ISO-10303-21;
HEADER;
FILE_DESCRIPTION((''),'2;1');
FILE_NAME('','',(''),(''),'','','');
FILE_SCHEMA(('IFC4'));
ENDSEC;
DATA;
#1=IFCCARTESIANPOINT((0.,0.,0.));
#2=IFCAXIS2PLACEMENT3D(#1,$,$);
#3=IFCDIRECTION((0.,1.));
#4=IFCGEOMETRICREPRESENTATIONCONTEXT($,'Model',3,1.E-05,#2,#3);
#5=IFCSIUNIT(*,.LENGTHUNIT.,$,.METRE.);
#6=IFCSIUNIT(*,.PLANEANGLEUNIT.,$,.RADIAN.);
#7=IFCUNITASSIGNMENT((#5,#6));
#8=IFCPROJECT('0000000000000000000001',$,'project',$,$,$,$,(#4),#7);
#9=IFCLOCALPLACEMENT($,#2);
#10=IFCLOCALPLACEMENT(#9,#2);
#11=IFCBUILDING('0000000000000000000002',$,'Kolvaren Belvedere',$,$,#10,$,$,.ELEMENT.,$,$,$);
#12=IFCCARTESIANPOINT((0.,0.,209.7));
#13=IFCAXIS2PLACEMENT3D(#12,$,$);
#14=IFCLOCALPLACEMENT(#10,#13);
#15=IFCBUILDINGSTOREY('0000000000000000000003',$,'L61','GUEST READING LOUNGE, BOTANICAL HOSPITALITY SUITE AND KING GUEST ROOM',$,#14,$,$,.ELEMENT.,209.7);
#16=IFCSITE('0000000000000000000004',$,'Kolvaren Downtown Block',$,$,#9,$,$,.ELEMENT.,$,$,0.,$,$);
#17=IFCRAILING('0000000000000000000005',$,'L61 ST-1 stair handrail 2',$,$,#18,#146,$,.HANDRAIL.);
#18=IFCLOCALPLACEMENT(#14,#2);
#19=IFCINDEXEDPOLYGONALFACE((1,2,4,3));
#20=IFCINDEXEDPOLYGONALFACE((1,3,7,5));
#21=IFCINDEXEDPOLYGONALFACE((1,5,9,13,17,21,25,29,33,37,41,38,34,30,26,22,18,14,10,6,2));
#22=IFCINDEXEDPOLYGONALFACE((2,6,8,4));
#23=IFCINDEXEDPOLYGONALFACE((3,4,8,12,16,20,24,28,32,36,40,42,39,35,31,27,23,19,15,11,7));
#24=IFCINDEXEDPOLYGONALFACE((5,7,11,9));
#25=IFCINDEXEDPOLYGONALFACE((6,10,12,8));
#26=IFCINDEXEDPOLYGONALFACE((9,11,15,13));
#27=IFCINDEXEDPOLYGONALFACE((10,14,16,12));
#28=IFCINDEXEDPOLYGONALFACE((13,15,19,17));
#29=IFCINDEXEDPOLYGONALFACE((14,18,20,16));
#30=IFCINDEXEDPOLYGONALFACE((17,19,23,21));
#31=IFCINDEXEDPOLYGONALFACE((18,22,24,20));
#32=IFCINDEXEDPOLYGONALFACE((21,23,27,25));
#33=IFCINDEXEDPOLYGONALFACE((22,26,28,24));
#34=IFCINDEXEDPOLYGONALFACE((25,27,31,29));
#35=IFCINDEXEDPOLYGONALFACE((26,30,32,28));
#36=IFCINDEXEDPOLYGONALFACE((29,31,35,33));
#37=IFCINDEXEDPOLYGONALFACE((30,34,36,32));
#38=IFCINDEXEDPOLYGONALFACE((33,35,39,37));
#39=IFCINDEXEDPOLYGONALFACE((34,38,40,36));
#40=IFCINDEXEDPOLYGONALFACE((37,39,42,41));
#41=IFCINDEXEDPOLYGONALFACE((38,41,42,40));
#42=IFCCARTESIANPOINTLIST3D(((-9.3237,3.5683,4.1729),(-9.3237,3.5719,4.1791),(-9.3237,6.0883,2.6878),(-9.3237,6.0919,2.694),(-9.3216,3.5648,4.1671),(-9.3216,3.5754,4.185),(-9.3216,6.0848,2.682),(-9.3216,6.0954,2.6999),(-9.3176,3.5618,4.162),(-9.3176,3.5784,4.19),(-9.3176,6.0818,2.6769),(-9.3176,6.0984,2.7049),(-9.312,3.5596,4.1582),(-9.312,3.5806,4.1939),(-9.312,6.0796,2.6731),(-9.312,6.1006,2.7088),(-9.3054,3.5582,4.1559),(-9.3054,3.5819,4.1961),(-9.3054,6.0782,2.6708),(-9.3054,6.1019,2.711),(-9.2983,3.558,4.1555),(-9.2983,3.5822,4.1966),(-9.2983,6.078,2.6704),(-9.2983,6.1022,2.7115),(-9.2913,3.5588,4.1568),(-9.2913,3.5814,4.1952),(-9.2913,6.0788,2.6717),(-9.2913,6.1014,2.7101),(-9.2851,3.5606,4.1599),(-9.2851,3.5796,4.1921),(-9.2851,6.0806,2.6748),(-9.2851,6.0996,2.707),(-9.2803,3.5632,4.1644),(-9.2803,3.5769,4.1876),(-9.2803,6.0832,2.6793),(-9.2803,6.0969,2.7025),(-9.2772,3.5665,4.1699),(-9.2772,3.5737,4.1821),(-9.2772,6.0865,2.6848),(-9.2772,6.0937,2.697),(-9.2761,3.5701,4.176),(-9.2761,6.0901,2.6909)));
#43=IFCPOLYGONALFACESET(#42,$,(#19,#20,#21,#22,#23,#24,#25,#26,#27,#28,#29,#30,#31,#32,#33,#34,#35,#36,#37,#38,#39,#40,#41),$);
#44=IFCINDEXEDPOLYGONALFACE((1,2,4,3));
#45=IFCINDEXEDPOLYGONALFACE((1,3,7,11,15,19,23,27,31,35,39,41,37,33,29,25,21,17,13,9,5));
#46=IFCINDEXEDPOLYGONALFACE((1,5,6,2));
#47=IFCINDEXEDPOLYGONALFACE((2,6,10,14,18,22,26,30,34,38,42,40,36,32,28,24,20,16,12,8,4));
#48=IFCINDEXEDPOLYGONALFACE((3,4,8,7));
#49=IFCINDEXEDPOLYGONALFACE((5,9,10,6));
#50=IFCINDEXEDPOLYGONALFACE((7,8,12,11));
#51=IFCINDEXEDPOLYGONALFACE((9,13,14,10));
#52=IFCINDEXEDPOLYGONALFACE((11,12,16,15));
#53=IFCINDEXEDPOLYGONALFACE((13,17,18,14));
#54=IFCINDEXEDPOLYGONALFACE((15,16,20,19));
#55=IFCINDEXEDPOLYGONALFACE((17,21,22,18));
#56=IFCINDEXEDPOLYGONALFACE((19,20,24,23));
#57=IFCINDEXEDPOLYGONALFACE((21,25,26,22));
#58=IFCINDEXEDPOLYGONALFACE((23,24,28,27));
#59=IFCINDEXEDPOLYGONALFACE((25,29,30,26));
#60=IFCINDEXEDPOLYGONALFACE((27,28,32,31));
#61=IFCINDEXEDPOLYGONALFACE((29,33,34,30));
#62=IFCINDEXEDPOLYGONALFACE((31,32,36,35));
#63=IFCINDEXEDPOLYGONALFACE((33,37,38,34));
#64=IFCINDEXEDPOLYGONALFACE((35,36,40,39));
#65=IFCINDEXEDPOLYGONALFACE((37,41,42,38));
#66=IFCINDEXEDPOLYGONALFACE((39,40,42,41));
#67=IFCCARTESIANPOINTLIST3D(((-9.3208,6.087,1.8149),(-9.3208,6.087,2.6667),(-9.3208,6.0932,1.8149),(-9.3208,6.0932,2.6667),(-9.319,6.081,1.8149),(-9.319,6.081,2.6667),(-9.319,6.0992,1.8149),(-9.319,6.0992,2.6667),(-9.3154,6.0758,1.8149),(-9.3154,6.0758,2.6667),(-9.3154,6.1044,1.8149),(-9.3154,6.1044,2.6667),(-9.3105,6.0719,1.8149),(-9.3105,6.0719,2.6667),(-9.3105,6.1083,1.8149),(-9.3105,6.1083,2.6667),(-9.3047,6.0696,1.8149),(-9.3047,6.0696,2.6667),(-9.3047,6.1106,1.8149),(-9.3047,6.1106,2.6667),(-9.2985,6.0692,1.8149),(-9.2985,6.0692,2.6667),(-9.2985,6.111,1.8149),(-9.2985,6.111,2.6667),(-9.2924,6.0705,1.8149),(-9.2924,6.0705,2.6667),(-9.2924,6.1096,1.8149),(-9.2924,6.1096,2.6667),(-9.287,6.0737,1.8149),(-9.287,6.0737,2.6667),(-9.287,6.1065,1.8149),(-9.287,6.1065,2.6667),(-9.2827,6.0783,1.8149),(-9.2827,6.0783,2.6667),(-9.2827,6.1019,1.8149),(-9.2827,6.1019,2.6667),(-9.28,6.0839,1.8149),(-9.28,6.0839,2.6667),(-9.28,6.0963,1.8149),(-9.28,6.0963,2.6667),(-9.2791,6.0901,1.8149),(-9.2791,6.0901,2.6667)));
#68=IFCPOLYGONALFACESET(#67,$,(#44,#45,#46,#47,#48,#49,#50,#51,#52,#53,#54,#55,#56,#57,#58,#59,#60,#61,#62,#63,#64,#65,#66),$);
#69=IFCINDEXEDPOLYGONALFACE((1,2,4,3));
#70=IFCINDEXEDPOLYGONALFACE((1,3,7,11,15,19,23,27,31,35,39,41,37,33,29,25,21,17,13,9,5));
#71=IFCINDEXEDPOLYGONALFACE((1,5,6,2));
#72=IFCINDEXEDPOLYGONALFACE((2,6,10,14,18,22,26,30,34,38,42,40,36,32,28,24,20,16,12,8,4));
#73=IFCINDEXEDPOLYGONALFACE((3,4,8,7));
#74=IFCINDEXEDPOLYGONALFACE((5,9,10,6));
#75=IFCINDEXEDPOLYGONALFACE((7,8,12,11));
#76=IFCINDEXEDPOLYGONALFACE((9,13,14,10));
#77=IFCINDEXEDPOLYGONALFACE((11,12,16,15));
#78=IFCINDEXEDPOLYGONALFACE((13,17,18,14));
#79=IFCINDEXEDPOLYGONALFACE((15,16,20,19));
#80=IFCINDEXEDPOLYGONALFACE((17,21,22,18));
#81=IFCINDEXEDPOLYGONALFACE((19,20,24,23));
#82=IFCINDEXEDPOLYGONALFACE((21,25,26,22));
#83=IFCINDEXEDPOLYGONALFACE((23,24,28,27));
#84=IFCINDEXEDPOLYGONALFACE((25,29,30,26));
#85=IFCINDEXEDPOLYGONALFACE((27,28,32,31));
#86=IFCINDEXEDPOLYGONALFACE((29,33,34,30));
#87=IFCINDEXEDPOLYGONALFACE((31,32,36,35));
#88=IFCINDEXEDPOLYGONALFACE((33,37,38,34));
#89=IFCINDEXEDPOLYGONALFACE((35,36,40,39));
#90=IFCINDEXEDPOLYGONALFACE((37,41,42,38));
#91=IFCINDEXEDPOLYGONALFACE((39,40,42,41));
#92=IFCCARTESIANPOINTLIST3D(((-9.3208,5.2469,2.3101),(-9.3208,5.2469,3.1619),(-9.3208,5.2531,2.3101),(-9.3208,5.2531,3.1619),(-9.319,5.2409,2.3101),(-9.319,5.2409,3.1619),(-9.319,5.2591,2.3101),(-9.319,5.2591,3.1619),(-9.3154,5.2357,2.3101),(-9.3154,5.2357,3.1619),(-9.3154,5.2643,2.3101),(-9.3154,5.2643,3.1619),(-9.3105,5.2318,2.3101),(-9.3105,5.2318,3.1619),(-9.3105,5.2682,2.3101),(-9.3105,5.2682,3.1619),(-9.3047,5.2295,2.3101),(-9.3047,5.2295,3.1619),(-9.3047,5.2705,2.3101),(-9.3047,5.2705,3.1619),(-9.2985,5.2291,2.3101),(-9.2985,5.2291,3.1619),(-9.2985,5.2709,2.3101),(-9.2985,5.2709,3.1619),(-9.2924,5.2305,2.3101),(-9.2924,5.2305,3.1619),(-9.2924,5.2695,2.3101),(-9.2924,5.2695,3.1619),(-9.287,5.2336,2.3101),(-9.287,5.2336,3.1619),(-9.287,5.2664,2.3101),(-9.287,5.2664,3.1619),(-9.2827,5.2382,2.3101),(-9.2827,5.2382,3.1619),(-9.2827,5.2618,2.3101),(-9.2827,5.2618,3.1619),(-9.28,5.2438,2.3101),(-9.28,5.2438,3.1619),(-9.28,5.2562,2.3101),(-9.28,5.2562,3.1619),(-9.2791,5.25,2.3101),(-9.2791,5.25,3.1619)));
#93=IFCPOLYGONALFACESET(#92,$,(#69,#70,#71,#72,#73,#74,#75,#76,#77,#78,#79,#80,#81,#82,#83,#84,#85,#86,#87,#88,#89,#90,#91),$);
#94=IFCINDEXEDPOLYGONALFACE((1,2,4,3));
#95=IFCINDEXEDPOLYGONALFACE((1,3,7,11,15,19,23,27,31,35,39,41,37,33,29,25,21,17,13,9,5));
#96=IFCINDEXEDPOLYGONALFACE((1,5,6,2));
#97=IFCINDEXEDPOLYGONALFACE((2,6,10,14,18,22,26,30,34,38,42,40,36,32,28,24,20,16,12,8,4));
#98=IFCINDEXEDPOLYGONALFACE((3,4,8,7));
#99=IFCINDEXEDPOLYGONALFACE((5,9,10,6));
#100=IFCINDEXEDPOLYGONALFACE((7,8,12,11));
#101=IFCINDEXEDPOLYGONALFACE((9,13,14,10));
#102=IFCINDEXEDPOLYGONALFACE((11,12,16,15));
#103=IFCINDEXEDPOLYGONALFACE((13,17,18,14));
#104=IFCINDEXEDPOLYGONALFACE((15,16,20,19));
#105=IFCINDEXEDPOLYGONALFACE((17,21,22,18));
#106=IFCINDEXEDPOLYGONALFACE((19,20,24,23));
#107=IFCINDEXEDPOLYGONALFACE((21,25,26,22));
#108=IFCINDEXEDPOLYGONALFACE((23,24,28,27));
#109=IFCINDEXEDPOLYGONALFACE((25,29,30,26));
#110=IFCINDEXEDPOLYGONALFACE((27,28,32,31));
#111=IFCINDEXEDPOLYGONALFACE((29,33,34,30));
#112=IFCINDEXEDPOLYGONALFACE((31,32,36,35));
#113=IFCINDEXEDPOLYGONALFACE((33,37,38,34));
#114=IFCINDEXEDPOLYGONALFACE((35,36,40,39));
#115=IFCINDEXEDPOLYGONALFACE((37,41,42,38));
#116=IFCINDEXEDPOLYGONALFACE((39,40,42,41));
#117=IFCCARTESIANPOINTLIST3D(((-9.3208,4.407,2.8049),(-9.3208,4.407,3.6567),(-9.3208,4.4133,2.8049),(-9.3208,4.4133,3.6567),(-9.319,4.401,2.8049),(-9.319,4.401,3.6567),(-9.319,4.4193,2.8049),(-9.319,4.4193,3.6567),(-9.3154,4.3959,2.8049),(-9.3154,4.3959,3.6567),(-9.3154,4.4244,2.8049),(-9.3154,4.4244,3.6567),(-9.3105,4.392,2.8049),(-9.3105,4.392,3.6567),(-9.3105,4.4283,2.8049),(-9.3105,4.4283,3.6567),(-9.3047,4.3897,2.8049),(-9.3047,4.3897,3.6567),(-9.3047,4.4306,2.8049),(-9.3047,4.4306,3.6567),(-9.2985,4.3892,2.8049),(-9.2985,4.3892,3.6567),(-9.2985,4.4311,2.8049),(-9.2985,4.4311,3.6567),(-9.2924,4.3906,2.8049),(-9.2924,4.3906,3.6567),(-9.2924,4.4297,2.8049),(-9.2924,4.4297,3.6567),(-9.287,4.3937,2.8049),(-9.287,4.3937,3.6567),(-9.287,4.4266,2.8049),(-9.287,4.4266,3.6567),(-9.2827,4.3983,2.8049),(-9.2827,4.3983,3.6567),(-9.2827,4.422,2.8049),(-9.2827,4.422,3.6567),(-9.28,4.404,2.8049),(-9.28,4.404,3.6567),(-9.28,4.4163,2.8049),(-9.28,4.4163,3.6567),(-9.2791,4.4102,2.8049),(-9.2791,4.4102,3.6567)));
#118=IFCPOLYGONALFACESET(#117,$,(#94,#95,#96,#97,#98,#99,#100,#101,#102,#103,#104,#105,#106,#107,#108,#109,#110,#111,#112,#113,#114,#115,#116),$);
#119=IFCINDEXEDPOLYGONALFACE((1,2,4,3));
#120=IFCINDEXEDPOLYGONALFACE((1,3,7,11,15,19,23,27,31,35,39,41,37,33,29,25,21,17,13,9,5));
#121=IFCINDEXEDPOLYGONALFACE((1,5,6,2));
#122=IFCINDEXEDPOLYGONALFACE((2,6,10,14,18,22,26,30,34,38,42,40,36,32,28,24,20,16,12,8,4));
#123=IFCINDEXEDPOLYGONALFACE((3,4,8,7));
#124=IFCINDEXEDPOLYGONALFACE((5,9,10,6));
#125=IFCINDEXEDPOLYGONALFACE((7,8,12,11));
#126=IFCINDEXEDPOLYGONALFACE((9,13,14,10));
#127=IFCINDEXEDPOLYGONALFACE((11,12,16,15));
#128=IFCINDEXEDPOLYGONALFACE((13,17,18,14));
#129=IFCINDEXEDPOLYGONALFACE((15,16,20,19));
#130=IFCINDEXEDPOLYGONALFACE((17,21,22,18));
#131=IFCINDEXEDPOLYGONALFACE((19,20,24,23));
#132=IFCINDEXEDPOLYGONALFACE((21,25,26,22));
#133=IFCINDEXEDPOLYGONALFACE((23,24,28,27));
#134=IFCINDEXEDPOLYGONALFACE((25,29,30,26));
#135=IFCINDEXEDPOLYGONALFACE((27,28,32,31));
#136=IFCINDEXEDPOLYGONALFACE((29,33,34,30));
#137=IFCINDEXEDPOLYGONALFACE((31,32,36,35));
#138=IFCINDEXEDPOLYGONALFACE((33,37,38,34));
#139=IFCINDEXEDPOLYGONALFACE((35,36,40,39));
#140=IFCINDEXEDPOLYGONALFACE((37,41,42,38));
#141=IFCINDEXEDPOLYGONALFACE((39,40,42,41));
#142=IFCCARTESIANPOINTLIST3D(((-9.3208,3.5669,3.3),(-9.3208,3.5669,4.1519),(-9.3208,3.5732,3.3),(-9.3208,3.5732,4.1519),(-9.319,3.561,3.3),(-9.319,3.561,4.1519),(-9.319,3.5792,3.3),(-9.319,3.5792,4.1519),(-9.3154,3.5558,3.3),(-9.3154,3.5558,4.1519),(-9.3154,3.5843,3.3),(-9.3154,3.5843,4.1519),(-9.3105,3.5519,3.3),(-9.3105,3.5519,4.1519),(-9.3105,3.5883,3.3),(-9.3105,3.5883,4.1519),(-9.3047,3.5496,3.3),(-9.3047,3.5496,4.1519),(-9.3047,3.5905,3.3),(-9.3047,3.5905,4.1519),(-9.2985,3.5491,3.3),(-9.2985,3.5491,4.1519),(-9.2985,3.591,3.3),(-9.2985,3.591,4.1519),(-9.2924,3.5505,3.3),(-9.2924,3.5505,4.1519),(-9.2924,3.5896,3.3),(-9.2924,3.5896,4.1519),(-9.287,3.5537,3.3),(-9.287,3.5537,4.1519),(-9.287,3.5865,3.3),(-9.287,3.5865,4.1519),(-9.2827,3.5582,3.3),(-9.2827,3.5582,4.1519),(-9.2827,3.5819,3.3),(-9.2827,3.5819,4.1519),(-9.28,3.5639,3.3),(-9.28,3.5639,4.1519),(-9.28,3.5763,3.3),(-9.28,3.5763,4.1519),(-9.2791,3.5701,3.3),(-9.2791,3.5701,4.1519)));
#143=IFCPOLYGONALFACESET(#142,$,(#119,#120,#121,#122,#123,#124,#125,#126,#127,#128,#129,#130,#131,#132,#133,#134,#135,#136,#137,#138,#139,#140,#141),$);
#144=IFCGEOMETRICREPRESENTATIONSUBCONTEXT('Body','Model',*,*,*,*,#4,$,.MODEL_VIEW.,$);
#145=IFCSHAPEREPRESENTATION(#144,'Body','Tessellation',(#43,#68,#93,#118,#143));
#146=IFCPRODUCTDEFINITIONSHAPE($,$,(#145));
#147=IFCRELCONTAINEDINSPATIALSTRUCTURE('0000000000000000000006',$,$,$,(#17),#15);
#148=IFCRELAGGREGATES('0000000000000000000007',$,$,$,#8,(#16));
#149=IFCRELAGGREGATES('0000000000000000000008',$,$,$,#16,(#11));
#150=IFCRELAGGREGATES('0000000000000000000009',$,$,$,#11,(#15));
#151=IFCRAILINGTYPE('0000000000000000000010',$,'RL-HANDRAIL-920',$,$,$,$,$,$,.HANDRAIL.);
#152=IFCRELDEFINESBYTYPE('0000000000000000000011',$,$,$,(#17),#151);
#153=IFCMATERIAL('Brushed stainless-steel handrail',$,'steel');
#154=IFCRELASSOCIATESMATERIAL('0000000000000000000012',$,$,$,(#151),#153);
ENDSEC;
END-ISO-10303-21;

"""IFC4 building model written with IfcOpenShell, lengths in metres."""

from ifc_helpers import new_model, si_unit, direction, frame, origin, origin_2d, place, context, subcontext, project, spatial, circle, extrude, material, type_object, element, save


model = new_model("IFC4")

# Units and contexts
model_context = context("Model", 3, precision=1e-05, world=origin(), true_north=direction((0.0, 1.0)))
body_context = subcontext(model_context, "Body", "Model", "MODEL_VIEW")
ifc_project = project(units=[si_unit("LENGTHUNIT", "METRE"), si_unit("PLANEANGLEUNIT", "RADIAN")], contexts=[model_context])

# Site, building, storey
site_placement = place(None, origin())
site = spatial("IfcSite", under=ifc_project, at=site_placement, Name="Kolvaren Downtown Block", CompositionType="ELEMENT", RefElevation=0.0)
building_placement = place(site_placement, origin())
building = spatial("IfcBuilding", under=site, at=building_placement, Name="Kolvaren Belvedere", CompositionType="ELEMENT")
storey_placement = place(building_placement, frame((0.0, 0.0, 209.7)))
storey = spatial("IfcBuildingStorey", under=building, at=storey_placement, Name="L61", Description="GUEST READING LOUNGE, BOTANICAL HOSPITALITY SUITE AND KING GUEST ROOM", CompositionType="ELEMENT", Elevation=209.7)

# Railing
ifc_material_1 = material(Name="Brushed stainless-steel handrail", Category="steel")
railing_type_1 = type_object("IfcRailingType", Name="RL-HANDRAIL-920", PredefinedType="HANDRAIL", material=ifc_material_1)
railing_1_placement = place(storey_placement, frame((-9.3, 6.0901, 1.8149)))
element("IfcRailing", 1, at=railing_1_placement, inside=storey, type_object=railing_type_1, Name="L61 ST-1 stair handrail 2", PredefinedType="HANDRAIL", context=body_context, shape_type="SweptSolid", body=[
    extrude(circle(Radius=0.0239, at=origin_2d()), frame((0.0, 0.0, 0.876), z_axis=(0.0, -0.861524, 0.507717), x_axis=(1.0, 0.0, 0.0)), (0.0, 0.0, 1.0), 2.925),
    extrude(circle(Radius=0.021, at=origin_2d()), origin(), (0.0, 0.0, 1.0), 0.8518),
    extrude(circle(Radius=0.021, at=origin_2d()), frame((0.0, -0.8401, 0.4951)), (0.0, 0.0, 1.0), 0.8518),
    extrude(circle(Radius=0.021, at=origin_2d()), frame((0.0, -1.6799, 0.99)), (0.0, 0.0, 1.0), 0.8518),
    extrude(circle(Radius=0.021, at=origin_2d()), frame((0.0, -2.52, 1.4851)), (0.0, 0.0, 1.0), 0.8518),
])

save(model, "model.ifc")
